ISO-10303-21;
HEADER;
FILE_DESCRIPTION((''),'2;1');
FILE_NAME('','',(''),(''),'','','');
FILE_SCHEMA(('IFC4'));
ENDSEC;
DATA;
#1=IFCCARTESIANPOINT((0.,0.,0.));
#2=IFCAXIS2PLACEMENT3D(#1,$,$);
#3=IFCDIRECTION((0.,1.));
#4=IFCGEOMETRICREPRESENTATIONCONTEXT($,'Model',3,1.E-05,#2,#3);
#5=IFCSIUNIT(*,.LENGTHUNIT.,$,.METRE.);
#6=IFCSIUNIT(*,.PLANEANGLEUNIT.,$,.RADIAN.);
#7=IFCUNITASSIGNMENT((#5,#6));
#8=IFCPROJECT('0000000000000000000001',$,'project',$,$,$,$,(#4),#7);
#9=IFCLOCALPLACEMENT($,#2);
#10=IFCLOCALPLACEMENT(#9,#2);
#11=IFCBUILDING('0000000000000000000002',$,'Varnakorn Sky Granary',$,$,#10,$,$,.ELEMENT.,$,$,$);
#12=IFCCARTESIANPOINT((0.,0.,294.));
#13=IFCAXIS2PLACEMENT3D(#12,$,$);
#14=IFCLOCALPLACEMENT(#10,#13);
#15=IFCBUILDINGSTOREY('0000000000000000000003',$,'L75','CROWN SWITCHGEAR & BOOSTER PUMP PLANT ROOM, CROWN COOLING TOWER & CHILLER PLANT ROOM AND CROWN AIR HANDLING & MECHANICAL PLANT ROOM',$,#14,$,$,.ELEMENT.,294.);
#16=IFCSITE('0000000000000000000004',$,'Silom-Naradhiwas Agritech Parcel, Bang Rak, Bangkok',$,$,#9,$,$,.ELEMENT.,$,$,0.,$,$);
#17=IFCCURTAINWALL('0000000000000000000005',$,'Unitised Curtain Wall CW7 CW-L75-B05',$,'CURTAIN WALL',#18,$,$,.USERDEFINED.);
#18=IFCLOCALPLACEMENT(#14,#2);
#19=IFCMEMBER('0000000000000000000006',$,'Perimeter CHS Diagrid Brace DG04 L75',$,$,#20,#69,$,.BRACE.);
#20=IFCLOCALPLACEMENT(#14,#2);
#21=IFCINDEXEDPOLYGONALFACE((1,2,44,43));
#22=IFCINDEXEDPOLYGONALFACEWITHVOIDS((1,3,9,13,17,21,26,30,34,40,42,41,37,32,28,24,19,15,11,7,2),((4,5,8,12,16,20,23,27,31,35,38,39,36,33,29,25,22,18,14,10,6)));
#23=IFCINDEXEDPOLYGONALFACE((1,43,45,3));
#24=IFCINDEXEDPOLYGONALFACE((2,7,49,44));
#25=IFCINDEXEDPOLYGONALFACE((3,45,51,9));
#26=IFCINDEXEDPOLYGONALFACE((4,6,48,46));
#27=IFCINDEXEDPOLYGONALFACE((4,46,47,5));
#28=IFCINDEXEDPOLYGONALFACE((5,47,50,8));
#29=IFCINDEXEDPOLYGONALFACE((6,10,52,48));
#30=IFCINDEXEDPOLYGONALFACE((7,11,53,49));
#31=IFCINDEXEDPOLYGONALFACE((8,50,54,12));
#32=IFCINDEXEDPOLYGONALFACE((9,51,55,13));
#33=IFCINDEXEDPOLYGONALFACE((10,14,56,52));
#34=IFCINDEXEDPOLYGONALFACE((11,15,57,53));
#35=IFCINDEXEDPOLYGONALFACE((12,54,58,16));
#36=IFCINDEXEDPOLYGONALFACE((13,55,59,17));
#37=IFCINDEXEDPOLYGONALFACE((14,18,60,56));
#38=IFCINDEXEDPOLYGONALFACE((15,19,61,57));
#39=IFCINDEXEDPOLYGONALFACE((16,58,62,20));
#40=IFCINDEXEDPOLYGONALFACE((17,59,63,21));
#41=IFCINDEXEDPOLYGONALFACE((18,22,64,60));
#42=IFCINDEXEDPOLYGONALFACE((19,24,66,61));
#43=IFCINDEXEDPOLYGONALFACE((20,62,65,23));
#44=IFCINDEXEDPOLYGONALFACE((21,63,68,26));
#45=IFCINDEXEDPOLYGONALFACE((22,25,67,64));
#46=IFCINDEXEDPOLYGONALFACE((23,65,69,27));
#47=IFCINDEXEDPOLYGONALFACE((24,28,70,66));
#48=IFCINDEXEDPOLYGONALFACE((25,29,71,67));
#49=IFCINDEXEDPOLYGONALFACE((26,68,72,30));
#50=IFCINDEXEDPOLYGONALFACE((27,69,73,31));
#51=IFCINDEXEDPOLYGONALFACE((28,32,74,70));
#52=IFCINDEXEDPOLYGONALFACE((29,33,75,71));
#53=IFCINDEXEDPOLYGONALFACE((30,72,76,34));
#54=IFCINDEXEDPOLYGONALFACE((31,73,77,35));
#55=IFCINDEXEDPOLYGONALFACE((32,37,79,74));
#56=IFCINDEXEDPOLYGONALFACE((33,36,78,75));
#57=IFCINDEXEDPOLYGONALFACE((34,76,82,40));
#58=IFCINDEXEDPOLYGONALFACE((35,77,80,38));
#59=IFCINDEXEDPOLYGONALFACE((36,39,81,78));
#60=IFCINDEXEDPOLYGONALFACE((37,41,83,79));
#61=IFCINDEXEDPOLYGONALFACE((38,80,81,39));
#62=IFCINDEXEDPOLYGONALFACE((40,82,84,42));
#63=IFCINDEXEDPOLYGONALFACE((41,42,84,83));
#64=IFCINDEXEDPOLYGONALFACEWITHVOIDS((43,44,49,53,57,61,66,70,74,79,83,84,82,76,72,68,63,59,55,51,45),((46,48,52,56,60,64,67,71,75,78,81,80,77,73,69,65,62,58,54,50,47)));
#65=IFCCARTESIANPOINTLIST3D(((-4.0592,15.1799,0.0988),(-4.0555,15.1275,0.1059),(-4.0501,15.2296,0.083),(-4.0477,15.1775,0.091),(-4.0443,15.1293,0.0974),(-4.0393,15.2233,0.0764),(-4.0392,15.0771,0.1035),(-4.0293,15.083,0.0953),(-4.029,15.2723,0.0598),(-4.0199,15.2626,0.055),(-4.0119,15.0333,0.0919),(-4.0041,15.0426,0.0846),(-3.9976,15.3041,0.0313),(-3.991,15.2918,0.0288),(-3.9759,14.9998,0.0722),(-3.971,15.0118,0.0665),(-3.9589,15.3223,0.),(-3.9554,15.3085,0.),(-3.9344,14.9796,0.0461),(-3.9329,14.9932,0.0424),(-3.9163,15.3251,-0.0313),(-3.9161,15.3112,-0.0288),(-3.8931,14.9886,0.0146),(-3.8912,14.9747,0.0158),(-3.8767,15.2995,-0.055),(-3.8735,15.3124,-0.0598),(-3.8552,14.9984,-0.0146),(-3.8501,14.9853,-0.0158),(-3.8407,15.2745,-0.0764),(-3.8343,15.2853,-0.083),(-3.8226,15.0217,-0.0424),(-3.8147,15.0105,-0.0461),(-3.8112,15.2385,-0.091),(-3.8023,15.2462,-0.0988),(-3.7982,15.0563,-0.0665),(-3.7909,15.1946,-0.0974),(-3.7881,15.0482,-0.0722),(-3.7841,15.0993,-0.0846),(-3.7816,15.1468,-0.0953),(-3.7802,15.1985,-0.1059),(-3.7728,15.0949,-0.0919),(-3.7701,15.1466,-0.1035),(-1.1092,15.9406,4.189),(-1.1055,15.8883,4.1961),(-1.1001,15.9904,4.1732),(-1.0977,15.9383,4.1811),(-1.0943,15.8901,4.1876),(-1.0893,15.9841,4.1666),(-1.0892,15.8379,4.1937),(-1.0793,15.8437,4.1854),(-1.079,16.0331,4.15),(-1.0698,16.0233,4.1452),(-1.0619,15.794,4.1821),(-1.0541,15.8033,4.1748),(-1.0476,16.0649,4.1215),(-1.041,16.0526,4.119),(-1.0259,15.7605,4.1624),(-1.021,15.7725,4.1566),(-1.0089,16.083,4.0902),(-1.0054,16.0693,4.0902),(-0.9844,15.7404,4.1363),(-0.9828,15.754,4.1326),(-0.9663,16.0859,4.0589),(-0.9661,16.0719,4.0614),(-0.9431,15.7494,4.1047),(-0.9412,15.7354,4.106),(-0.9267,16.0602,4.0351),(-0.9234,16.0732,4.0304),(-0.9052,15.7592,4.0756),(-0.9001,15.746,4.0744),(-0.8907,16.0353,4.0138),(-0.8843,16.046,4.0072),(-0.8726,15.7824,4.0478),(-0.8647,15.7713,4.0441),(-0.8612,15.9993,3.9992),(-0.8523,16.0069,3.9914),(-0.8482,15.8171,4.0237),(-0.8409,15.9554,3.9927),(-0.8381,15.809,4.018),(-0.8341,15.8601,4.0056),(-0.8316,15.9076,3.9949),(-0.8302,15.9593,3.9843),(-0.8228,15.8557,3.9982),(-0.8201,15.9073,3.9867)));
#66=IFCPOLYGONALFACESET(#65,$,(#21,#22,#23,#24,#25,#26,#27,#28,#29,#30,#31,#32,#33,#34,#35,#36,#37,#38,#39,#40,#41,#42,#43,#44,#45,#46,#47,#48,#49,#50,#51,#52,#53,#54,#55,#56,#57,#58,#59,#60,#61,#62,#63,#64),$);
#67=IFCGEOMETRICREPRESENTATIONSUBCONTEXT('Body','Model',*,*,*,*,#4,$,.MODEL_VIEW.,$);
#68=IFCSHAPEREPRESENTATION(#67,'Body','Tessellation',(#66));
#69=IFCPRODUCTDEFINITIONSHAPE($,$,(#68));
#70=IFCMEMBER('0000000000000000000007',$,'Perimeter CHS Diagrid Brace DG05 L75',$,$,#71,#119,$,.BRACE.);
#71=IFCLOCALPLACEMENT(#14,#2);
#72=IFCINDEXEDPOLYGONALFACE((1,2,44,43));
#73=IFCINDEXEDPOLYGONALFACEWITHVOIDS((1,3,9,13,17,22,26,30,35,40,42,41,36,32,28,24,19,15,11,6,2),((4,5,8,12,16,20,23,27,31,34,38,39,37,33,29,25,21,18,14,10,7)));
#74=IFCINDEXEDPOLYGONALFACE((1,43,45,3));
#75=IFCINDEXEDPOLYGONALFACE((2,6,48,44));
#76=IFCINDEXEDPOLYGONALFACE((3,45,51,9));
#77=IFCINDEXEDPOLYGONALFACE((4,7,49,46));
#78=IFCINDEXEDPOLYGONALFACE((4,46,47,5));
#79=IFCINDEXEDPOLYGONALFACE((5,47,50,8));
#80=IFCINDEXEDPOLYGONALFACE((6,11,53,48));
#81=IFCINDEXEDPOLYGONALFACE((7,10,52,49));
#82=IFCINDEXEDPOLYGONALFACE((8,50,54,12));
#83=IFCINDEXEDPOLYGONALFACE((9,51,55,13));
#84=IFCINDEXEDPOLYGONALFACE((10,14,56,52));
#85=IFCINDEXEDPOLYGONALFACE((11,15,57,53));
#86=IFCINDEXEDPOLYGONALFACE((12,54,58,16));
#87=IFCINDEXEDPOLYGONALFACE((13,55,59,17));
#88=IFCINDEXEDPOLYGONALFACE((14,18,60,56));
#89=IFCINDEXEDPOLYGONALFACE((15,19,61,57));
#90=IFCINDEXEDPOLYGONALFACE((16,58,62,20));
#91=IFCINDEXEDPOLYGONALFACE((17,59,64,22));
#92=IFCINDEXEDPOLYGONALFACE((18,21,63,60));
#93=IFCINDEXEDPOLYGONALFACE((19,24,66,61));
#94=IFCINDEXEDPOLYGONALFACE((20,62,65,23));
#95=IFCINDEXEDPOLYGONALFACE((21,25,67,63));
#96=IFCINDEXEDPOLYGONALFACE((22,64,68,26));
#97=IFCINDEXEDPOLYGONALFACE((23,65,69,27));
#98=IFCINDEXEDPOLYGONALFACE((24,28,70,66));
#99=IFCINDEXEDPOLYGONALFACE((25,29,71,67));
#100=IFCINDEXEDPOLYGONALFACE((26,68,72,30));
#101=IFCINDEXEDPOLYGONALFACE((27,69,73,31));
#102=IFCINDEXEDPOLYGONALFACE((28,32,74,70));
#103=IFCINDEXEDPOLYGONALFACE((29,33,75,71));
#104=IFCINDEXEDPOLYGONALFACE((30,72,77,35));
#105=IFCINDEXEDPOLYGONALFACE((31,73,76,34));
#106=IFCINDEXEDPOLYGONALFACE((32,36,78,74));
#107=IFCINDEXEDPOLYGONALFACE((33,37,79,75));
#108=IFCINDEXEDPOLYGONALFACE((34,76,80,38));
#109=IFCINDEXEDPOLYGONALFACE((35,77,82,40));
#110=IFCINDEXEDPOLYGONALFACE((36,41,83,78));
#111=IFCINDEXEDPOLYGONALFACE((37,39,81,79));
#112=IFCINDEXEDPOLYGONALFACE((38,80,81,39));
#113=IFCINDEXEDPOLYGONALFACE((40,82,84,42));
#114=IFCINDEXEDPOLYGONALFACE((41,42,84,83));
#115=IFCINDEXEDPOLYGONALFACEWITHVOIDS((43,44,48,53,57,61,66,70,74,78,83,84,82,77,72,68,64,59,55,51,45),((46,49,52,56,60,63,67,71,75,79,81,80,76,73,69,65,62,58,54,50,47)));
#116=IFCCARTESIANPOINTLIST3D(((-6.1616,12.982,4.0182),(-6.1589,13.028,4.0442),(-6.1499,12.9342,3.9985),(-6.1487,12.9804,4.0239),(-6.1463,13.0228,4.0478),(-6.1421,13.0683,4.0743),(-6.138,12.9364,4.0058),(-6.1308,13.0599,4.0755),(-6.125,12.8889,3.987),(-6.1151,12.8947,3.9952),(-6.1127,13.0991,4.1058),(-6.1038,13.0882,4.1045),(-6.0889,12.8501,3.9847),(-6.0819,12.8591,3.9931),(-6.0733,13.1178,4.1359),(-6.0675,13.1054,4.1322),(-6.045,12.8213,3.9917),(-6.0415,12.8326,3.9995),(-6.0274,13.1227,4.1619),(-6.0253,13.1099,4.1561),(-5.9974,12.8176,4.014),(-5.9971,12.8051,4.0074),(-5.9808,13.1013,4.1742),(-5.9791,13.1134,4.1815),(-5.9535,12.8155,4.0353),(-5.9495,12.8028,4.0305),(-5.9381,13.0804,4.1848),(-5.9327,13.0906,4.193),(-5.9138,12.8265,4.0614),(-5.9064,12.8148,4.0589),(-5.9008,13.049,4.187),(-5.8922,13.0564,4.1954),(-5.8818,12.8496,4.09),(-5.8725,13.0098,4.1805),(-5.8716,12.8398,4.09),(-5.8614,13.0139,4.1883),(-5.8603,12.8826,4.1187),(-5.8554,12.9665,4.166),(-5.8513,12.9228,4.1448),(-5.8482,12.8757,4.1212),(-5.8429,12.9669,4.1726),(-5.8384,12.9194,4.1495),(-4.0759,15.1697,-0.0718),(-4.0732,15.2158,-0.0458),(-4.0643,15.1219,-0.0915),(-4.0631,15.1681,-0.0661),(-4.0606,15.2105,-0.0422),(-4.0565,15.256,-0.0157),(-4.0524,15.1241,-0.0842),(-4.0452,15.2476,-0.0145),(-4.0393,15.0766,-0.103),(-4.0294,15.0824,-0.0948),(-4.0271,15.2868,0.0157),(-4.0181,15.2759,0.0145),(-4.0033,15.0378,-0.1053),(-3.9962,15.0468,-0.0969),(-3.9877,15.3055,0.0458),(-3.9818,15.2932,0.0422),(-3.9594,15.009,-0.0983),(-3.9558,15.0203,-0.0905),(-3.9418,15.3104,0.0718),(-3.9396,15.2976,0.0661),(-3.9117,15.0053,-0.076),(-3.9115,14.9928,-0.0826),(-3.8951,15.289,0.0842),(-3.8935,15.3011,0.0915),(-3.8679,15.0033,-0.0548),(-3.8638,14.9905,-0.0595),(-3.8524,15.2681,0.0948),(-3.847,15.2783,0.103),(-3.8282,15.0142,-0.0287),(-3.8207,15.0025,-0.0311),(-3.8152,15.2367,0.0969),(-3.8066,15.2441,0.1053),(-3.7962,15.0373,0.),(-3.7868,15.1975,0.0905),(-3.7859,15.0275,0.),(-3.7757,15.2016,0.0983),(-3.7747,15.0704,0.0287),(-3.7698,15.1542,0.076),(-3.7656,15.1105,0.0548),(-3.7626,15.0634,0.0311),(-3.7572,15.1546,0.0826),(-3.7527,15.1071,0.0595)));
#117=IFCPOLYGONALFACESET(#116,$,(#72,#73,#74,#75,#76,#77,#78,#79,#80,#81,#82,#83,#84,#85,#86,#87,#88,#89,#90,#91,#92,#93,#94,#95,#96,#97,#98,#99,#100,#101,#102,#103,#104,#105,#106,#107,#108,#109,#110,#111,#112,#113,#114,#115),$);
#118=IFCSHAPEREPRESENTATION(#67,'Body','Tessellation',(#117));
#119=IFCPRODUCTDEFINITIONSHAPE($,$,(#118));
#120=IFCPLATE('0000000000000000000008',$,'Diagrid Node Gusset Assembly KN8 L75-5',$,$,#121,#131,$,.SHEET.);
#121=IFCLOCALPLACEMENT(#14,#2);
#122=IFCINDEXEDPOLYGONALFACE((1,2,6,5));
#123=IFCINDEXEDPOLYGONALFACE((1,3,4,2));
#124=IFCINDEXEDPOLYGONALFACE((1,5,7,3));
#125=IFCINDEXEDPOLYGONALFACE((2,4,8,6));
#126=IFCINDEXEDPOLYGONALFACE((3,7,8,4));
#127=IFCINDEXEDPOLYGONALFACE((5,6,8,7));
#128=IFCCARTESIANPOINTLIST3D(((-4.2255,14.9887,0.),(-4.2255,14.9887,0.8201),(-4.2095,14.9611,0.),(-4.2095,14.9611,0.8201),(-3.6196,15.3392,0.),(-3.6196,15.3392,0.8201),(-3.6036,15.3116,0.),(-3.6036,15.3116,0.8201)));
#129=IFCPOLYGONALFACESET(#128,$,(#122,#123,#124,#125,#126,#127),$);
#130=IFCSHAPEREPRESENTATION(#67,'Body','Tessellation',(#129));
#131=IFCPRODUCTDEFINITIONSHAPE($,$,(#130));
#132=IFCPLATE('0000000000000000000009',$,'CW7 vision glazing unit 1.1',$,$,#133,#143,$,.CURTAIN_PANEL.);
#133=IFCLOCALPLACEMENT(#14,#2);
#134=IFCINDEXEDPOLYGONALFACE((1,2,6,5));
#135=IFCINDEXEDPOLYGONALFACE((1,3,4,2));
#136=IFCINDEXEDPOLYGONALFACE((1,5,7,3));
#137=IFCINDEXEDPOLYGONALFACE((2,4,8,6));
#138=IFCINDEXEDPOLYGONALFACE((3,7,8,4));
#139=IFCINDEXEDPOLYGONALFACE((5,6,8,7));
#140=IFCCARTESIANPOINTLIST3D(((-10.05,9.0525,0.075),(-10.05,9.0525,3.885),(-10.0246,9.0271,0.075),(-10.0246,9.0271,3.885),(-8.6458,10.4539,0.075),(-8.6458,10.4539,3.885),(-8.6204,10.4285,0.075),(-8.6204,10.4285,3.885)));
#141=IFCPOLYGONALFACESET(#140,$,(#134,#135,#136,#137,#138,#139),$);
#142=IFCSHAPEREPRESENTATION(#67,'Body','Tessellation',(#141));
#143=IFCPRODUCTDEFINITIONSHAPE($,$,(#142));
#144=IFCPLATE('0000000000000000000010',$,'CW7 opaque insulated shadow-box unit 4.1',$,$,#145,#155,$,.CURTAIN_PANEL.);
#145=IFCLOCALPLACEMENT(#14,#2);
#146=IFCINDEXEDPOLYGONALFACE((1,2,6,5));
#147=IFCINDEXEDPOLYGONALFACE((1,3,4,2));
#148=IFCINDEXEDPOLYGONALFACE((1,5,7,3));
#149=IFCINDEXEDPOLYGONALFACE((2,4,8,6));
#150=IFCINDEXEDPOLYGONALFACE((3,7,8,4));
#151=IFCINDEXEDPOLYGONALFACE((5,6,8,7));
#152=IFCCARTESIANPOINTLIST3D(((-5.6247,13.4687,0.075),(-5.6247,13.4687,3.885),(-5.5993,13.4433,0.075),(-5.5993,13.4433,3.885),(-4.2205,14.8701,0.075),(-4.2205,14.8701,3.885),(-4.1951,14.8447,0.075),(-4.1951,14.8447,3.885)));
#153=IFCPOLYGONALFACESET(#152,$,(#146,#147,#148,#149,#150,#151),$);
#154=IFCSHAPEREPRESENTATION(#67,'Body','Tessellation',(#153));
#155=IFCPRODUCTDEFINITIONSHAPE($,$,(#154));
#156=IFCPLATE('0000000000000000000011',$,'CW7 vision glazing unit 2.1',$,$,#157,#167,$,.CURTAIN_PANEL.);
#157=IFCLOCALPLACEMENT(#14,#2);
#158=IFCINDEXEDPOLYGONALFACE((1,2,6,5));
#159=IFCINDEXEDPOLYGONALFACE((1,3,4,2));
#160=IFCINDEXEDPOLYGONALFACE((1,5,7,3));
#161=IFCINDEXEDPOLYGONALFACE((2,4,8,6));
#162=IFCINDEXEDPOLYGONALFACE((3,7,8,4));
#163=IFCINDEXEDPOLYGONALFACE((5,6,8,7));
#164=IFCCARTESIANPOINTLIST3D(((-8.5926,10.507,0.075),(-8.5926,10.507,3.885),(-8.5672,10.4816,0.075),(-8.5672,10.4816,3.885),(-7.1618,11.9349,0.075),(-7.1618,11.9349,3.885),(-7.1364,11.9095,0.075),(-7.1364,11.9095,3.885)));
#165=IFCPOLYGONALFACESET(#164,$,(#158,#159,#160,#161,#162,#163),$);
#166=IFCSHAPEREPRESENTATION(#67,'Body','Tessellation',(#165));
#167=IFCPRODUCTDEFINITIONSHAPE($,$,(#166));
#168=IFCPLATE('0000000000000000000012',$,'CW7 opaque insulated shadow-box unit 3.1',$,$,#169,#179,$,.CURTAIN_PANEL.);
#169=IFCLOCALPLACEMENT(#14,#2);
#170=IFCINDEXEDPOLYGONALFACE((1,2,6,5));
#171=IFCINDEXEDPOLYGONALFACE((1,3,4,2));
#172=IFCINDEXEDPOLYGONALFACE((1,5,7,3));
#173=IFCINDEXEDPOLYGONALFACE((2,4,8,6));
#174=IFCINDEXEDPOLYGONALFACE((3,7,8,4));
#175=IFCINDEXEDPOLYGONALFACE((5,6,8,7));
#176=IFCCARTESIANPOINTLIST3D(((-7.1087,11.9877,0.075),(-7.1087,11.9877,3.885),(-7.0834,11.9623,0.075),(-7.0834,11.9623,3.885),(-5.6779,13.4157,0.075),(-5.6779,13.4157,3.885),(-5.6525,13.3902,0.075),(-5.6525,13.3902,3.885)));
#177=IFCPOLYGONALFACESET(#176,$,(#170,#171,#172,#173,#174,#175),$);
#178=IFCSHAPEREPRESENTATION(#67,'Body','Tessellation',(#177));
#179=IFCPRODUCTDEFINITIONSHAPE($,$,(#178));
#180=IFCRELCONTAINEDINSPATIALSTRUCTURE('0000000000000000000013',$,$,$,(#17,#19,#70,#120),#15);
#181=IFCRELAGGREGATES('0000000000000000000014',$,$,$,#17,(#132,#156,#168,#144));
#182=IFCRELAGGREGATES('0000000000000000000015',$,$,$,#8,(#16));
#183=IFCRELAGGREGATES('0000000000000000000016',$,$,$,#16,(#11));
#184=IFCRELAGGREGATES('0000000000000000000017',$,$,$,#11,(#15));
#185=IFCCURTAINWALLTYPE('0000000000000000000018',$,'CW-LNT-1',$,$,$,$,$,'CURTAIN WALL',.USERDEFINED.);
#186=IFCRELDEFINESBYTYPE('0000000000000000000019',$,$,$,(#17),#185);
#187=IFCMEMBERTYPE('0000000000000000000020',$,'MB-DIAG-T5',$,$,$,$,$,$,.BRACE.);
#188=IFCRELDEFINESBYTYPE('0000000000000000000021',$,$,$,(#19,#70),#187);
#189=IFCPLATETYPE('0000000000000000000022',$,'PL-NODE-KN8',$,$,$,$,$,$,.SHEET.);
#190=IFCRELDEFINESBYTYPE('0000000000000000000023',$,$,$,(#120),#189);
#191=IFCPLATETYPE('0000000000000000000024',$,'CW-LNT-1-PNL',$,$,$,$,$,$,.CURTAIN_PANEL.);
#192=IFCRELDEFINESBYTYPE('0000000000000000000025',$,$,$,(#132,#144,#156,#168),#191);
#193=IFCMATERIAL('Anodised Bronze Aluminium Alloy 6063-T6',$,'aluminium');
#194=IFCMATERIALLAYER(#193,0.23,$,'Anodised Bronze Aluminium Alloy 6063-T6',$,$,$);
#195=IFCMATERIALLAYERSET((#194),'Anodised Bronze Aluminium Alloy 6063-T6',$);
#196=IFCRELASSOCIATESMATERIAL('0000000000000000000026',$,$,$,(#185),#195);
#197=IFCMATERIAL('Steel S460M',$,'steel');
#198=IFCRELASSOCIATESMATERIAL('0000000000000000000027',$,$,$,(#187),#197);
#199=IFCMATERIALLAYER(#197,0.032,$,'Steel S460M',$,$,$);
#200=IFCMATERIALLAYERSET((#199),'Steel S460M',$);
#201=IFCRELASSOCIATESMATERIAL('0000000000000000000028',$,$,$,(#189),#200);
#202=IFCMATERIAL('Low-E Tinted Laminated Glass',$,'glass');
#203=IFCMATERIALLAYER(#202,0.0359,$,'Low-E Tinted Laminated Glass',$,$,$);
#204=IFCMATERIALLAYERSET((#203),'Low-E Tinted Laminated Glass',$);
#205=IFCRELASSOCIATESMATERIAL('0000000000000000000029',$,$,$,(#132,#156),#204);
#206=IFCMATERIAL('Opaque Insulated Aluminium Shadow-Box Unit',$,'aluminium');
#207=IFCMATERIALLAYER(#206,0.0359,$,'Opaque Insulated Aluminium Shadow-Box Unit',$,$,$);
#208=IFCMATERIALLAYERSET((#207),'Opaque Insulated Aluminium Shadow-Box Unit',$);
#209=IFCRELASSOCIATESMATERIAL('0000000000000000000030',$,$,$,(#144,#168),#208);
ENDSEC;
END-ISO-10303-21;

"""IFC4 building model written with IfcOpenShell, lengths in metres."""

from ifc_helpers import new_model, si_unit, direction, frame, origin, origin_2d, place, context, subcontext, project, spatial, rectangle, hollow_circle, extrude, source, transform, mapped, material, layer, layer_set, material_profile, profile_set, type_object, type_shapes, element, aggregate, save


model = new_model("IFC4")

# Units and contexts
model_context = context("Model", 3, precision=1e-05, world=origin(), true_north=direction((0.0, 1.0)))
body_context = subcontext(model_context, "Body", "Model", "MODEL_VIEW")
ifc_project = project(units=[si_unit("LENGTHUNIT", "METRE"), si_unit("PLANEANGLEUNIT", "RADIAN")], contexts=[model_context])

# Site, building, storey
site_placement = place(None, origin())
site = spatial("IfcSite", under=ifc_project, at=site_placement, Name="Silom-Naradhiwas Agritech Parcel, Bang Rak, Bangkok", CompositionType="ELEMENT", RefElevation=0.0)
building_placement = place(site_placement, origin())
building = spatial("IfcBuilding", under=site, at=building_placement, Name="Varnakorn Sky Granary", CompositionType="ELEMENT")
storey_placement = place(building_placement, frame((0.0, 0.0, 294.0)))
storey = spatial("IfcBuildingStorey", under=building, at=storey_placement, Name="L75", Description="CROWN SWITCHGEAR & BOOSTER PUMP PLANT ROOM, CROWN COOLING TOWER & CHILLER PLANT ROOM AND CROWN AIR HANDLING & MECHANICAL PLANT ROOM", CompositionType="ELEMENT", Elevation=294.0)

# Shared definitions
ifc_material_1 = material(Name="Steel S460M", Category="steel")

# Shared definitions
ifc_material_2 = material(Name="Anodised Bronze Aluminium Alloy 6063-T6", Category="aluminium")
ifc_layer_1 = layer(ifc_material_2, 0.23, Name="Anodised Bronze Aluminium Alloy 6063-T6")
ifc_layer_set_1 = layer_set([ifc_layer_1], Name="Anodised Bronze Aluminium Alloy 6063-T6")
curtain_wall_type = type_object("IfcCurtainWallType", Name="CW-LNT-1", ElementType="CURTAIN WALL", PredefinedType="USERDEFINED", material=ifc_layer_set_1)

# Curtain wall
curtain_wall_1_placement = place(storey_placement, origin())
curtain_wall_1 = element("IfcCurtainWall", 1, at=curtain_wall_1_placement, inside=storey, type_object=curtain_wall_type, Name="Unitised Curtain Wall CW7 CW-L75-B05", ObjectType="CURTAIN WALL", PredefinedType="USERDEFINED")

# Members
ifc_material_profile_1 = material_profile(ifc_material_1, hollow_circle(Radius=0.1777, WallThickness=0.0142, at=origin_2d()), Name="CHS 355.6x14")
ifc_profile_set_1 = profile_set([ifc_material_profile_1], Name="Steel S460M")
member_type_1 = type_object("IfcMemberType", Name="MB-DIAG-T5", PredefinedType="BRACE", material=ifc_profile_set_1)
member_1_placement = place(storey_placement, frame((-3.9146, 15.1501, 0.0), z_axis=(0.578424, 0.149166, 0.801982), x_axis=(-0.249713, 0.96832, 0.0)))
element("IfcMember", 2, at=member_1_placement, inside=storey, type_object=member_type_1, Name="Perimeter CHS Diagrid Brace DG04 L75", PredefinedType="BRACE", context=body_context, shape_type="SweptSolid", body=[
    extrude(hollow_circle(Radius=0.1777, WallThickness=0.0142, at=origin_2d()), origin(), (0.0, 0.0, 1.0), 5.1001),
])
member_2_placement = place(storey_placement, frame((-3.9146, 15.1501, 0.0), z_axis=(-0.410103, -0.430169, 0.80422), x_axis=(0.723786, -0.690024, 0.0)))
element("IfcMember", 3, at=member_2_placement, inside=storey, type_object=member_type_1, Name="Perimeter CHS Diagrid Brace DG05 L75", PredefinedType="BRACE", context=body_context, shape_type="SweptSolid", body=[
    extrude(hollow_circle(Radius=0.1777, WallThickness=0.0142, at=origin_2d()), origin(), (0.0, 0.0, 1.0), 5.0857),
])

# Plates
ifc_layer_2 = layer(ifc_material_1, 0.032, Name="Steel S460M")
ifc_layer_set_2 = layer_set([ifc_layer_2], Name="Steel S460M")
plate_type_1 = type_object("IfcPlateType", Name="PL-NODE-KN8", PredefinedType="SHEET", material=ifc_layer_set_2)
plate_1_placement = place(storey_placement, frame((-3.9146, 15.1501, 0.0), z_axis=(0.0, 0.0, 1.0), x_axis=(-0.865591, -0.500751, 0.0)))
element("IfcPlate", 4, at=plate_1_placement, inside=storey, type_object=plate_type_1, Name="Diagrid Node Gusset Assembly KN8 L75-5", PredefinedType="SHEET", context=body_context, shape_type="SweptSolid", body=[
    extrude(rectangle(XDim=0.7, YDim=0.032, at=origin_2d()), origin(), (0.0, 0.0, 1.0), 0.8201),
])
ifc_material_3 = material(Name="Low-E Tinted Laminated Glass", Category="glass")
ifc_layer_3 = layer(ifc_material_3, 0.0359, Name="Low-E Tinted Laminated Glass")
ifc_layer_set_3 = layer_set([ifc_layer_3], Name="Low-E Tinted Laminated Glass")
plate_type_2 = type_object("IfcPlateType", Name="CW-LNT-1-PNL", PredefinedType="CURTAIN_PANEL")
shared_shape_1 = source(origin(), body_context, "Body", "SweptSolid", [
    extrude(rectangle(XDim=1.9839, YDim=0.0359, at=origin_2d()), origin(), (0.0, 0.0, 1.0), 3.8101),
])
plate_2_placement = place(storey_placement, frame((-9.3352, 9.7405, 0.075), z_axis=(0.0, 0.0, 1.0), x_axis=(0.707816, 0.706397, 0.0)))
plate_2 = element("IfcPlate", 5, at=plate_2_placement, type_object=plate_type_2, material=ifc_layer_set_3, Name="CW7 vision glazing unit 1.1", PredefinedType="CURTAIN_PANEL", context=body_context, shape_type="MappedRepresentation", body=[
    mapped(shared_shape_1, transform((0.0, 0.0, 0.0), x_axis=(1.0, 0.0, 0.0), y_axis=(0.0, 1.0, 0.0), z_axis=(0.0, 0.0, 1.0), scale=1.0)),
])
ifc_material_4 = material(Name="Opaque Insulated Aluminium Shadow-Box Unit", Category="aluminium")
ifc_layer_4 = layer(ifc_material_4, 0.0359, Name="Opaque Insulated Aluminium Shadow-Box Unit")
ifc_layer_set_4 = layer_set([ifc_layer_4], Name="Opaque Insulated Aluminium Shadow-Box Unit")
plate_3_placement = place(storey_placement, frame((-4.9099, 14.1567, 0.075), z_axis=(0.0, 0.0, 1.0), x_axis=(0.707816, 0.706397, 0.0)))
plate_3 = element("IfcPlate", 6, at=plate_3_placement, type_object=plate_type_2, material=ifc_layer_set_4, Name="CW7 opaque insulated shadow-box unit 4.1", PredefinedType="CURTAIN_PANEL", context=body_context, shape_type="MappedRepresentation", body=[
    mapped(shared_shape_1, transform((0.0, 0.0, 0.0), x_axis=(1.0, 0.0, 0.0), y_axis=(0.0, 1.0, 0.0), z_axis=(0.0, 0.0, 1.0), scale=1.0)),
])
shared_shape_2 = source(origin(), body_context, "Body", "SweptSolid", [
    extrude(rectangle(XDim=2.0215, YDim=0.0359, at=origin_2d()), origin(), (0.0, 0.0, 1.0), 3.8101),
])
type_shapes(plate_type_2, [shared_shape_1, shared_shape_2])
plate_4_placement = place(storey_placement, frame((-7.8645, 11.2083, 0.075), z_axis=(0.0, 0.0, 1.0), x_axis=(0.707816, 0.706397, 0.0)))
plate_4 = element("IfcPlate", 7, at=plate_4_placement, type_object=plate_type_2, material=ifc_layer_set_3, Name="CW7 vision glazing unit 2.1", PredefinedType="CURTAIN_PANEL", context=body_context, shape_type="MappedRepresentation", body=[
    mapped(shared_shape_2, transform((0.0, 0.0, 0.0), x_axis=(1.0, 0.0, 0.0), y_axis=(0.0, 1.0, 0.0), z_axis=(0.0, 0.0, 1.0), scale=1.0)),
])
plate_5_placement = place(storey_placement, frame((-6.3806, 12.689, 0.075), z_axis=(0.0, 0.0, 1.0), x_axis=(0.707816, 0.706397, 0.0)))
plate_5 = element("IfcPlate", 8, at=plate_5_placement, type_object=plate_type_2, material=ifc_layer_set_4, Name="CW7 opaque insulated shadow-box unit 3.1", PredefinedType="CURTAIN_PANEL", context=body_context, shape_type="MappedRepresentation", body=[
    mapped(shared_shape_2, transform((0.0, 0.0, 0.0), x_axis=(1.0, 0.0, 0.0), y_axis=(0.0, 1.0, 0.0), z_axis=(0.0, 0.0, 1.0), scale=1.0)),
])
aggregate(curtain_wall_1, [plate_2, plate_4, plate_5, plate_3])

save(model, "model.ifc")
